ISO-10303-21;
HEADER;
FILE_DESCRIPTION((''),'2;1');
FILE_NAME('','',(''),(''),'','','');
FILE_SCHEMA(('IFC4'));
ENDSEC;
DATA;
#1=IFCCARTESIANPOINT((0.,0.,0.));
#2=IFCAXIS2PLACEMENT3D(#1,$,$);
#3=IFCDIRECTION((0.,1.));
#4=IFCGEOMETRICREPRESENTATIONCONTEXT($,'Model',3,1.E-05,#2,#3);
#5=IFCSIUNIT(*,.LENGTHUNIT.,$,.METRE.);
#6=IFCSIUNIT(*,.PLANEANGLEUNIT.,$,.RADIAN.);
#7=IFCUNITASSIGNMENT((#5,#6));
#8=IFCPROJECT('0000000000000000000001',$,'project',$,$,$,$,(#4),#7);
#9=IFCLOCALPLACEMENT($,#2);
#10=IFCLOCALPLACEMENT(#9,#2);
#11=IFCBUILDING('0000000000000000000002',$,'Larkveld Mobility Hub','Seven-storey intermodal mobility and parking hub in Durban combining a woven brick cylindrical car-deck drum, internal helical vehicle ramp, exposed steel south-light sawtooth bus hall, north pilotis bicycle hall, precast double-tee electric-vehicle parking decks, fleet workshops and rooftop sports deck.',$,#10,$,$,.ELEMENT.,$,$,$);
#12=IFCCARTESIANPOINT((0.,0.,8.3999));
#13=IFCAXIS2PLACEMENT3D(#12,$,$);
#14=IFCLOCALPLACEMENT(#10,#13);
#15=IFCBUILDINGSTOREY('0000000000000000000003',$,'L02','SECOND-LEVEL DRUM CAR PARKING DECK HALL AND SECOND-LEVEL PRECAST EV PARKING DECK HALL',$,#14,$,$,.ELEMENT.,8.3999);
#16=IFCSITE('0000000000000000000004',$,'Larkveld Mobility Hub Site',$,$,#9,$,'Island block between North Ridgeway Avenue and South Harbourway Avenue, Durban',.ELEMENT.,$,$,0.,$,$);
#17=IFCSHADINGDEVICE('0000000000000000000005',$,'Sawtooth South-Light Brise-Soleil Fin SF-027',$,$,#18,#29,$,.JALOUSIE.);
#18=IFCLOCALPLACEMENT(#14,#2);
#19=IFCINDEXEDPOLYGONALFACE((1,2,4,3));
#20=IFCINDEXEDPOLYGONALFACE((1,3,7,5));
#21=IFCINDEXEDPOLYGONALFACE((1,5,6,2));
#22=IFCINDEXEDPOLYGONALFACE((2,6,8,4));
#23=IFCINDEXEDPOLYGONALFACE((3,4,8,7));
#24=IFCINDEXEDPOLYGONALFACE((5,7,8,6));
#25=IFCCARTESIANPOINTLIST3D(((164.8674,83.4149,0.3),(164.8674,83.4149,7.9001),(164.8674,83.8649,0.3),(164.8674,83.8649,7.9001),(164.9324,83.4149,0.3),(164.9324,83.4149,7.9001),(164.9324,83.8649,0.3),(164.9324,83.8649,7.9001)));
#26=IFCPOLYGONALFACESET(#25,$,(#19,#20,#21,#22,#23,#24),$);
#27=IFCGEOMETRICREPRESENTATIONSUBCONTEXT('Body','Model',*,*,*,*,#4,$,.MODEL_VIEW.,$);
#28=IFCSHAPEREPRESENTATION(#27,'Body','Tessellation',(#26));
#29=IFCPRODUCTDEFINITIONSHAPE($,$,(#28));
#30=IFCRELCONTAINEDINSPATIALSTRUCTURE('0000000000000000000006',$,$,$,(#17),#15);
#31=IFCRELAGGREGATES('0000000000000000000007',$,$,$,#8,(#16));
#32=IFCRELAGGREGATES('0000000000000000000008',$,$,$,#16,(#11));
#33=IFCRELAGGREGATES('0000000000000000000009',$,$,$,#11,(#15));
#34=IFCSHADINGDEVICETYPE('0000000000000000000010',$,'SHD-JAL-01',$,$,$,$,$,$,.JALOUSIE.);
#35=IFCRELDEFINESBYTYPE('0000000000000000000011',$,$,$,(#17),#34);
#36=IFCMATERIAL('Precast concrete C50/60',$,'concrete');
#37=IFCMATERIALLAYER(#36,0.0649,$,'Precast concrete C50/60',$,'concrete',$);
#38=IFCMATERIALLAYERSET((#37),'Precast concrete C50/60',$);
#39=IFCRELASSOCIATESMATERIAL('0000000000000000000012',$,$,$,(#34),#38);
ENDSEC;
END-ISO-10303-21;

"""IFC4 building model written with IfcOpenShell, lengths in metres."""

from ifc_helpers import new_model, si_unit, direction, frame, origin, origin_2d, place, context, subcontext, project, spatial, rectangle, extrude, material, layer, layer_set, type_object, element, save


model = new_model("IFC4")

# Units and contexts
model_context = context("Model", 3, precision=1e-05, world=origin(), true_north=direction((0.0, 1.0)))
body_context = subcontext(model_context, "Body", "Model", "MODEL_VIEW")
ifc_project = project(units=[si_unit("LENGTHUNIT", "METRE"), si_unit("PLANEANGLEUNIT", "RADIAN")], contexts=[model_context])

# Site, building, storey
site_placement = place(None, origin())
site = spatial("IfcSite", under=ifc_project, at=site_placement, Name="Larkveld Mobility Hub Site", LongName="Island block between North Ridgeway Avenue and South Harbourway Avenue, Durban", CompositionType="ELEMENT", RefElevation=0.0)
building_placement = place(site_placement, origin())
building = spatial("IfcBuilding", under=site, at=building_placement, Name="Larkveld Mobility Hub", Description="Seven-storey intermodal mobility and parking hub in Durban combining a woven brick cylindrical car-deck drum, internal helical vehicle ramp, exposed steel south-light sawtooth bus hall, north pilotis bicycle hall, precast double-tee electric-vehicle parking decks, fleet workshops and rooftop sports deck.", CompositionType="ELEMENT")
storey_placement = place(building_placement, frame((0.0, 0.0, 8.3999)))
storey = spatial("IfcBuildingStorey", under=building, at=storey_placement, Name="L02", Description="SECOND-LEVEL DRUM CAR PARKING DECK HALL AND SECOND-LEVEL PRECAST EV PARKING DECK HALL", CompositionType="ELEMENT", Elevation=8.3999)

# Shared definitions
ifc_material_1 = material(Name="Precast concrete C50/60", Category="concrete")

# Shading device
ifc_layer_1 = layer(ifc_material_1, 0.0649, Name="Precast concrete C50/60", Category="concrete")
ifc_layer_set_1 = layer_set([ifc_layer_1], Name="Precast concrete C50/60")
shading_device_type = type_object("IfcShadingDeviceType", Name="SHD-JAL-01", PredefinedType="JALOUSIE", material=ifc_layer_set_1)
shading_device_placement = place(storey_placement, frame((164.8999, 83.6399, 0.3), z_axis=(0.0, 0.0, 1.0), x_axis=(1.0, 0.0, 0.0)))
element("IfcShadingDevice", 1, at=shading_device_placement, inside=storey, type_object=shading_device_type, Name="Sawtooth South-Light Brise-Soleil Fin SF-027", PredefinedType="JALOUSIE", context=body_context, shape_type="SweptSolid", body=[
    extrude(rectangle(XDim=0.0649, YDim=0.45, at=origin_2d()), origin(), (0.0, 0.0, 1.0), 7.6001),
])

save(model, "model.ifc")
